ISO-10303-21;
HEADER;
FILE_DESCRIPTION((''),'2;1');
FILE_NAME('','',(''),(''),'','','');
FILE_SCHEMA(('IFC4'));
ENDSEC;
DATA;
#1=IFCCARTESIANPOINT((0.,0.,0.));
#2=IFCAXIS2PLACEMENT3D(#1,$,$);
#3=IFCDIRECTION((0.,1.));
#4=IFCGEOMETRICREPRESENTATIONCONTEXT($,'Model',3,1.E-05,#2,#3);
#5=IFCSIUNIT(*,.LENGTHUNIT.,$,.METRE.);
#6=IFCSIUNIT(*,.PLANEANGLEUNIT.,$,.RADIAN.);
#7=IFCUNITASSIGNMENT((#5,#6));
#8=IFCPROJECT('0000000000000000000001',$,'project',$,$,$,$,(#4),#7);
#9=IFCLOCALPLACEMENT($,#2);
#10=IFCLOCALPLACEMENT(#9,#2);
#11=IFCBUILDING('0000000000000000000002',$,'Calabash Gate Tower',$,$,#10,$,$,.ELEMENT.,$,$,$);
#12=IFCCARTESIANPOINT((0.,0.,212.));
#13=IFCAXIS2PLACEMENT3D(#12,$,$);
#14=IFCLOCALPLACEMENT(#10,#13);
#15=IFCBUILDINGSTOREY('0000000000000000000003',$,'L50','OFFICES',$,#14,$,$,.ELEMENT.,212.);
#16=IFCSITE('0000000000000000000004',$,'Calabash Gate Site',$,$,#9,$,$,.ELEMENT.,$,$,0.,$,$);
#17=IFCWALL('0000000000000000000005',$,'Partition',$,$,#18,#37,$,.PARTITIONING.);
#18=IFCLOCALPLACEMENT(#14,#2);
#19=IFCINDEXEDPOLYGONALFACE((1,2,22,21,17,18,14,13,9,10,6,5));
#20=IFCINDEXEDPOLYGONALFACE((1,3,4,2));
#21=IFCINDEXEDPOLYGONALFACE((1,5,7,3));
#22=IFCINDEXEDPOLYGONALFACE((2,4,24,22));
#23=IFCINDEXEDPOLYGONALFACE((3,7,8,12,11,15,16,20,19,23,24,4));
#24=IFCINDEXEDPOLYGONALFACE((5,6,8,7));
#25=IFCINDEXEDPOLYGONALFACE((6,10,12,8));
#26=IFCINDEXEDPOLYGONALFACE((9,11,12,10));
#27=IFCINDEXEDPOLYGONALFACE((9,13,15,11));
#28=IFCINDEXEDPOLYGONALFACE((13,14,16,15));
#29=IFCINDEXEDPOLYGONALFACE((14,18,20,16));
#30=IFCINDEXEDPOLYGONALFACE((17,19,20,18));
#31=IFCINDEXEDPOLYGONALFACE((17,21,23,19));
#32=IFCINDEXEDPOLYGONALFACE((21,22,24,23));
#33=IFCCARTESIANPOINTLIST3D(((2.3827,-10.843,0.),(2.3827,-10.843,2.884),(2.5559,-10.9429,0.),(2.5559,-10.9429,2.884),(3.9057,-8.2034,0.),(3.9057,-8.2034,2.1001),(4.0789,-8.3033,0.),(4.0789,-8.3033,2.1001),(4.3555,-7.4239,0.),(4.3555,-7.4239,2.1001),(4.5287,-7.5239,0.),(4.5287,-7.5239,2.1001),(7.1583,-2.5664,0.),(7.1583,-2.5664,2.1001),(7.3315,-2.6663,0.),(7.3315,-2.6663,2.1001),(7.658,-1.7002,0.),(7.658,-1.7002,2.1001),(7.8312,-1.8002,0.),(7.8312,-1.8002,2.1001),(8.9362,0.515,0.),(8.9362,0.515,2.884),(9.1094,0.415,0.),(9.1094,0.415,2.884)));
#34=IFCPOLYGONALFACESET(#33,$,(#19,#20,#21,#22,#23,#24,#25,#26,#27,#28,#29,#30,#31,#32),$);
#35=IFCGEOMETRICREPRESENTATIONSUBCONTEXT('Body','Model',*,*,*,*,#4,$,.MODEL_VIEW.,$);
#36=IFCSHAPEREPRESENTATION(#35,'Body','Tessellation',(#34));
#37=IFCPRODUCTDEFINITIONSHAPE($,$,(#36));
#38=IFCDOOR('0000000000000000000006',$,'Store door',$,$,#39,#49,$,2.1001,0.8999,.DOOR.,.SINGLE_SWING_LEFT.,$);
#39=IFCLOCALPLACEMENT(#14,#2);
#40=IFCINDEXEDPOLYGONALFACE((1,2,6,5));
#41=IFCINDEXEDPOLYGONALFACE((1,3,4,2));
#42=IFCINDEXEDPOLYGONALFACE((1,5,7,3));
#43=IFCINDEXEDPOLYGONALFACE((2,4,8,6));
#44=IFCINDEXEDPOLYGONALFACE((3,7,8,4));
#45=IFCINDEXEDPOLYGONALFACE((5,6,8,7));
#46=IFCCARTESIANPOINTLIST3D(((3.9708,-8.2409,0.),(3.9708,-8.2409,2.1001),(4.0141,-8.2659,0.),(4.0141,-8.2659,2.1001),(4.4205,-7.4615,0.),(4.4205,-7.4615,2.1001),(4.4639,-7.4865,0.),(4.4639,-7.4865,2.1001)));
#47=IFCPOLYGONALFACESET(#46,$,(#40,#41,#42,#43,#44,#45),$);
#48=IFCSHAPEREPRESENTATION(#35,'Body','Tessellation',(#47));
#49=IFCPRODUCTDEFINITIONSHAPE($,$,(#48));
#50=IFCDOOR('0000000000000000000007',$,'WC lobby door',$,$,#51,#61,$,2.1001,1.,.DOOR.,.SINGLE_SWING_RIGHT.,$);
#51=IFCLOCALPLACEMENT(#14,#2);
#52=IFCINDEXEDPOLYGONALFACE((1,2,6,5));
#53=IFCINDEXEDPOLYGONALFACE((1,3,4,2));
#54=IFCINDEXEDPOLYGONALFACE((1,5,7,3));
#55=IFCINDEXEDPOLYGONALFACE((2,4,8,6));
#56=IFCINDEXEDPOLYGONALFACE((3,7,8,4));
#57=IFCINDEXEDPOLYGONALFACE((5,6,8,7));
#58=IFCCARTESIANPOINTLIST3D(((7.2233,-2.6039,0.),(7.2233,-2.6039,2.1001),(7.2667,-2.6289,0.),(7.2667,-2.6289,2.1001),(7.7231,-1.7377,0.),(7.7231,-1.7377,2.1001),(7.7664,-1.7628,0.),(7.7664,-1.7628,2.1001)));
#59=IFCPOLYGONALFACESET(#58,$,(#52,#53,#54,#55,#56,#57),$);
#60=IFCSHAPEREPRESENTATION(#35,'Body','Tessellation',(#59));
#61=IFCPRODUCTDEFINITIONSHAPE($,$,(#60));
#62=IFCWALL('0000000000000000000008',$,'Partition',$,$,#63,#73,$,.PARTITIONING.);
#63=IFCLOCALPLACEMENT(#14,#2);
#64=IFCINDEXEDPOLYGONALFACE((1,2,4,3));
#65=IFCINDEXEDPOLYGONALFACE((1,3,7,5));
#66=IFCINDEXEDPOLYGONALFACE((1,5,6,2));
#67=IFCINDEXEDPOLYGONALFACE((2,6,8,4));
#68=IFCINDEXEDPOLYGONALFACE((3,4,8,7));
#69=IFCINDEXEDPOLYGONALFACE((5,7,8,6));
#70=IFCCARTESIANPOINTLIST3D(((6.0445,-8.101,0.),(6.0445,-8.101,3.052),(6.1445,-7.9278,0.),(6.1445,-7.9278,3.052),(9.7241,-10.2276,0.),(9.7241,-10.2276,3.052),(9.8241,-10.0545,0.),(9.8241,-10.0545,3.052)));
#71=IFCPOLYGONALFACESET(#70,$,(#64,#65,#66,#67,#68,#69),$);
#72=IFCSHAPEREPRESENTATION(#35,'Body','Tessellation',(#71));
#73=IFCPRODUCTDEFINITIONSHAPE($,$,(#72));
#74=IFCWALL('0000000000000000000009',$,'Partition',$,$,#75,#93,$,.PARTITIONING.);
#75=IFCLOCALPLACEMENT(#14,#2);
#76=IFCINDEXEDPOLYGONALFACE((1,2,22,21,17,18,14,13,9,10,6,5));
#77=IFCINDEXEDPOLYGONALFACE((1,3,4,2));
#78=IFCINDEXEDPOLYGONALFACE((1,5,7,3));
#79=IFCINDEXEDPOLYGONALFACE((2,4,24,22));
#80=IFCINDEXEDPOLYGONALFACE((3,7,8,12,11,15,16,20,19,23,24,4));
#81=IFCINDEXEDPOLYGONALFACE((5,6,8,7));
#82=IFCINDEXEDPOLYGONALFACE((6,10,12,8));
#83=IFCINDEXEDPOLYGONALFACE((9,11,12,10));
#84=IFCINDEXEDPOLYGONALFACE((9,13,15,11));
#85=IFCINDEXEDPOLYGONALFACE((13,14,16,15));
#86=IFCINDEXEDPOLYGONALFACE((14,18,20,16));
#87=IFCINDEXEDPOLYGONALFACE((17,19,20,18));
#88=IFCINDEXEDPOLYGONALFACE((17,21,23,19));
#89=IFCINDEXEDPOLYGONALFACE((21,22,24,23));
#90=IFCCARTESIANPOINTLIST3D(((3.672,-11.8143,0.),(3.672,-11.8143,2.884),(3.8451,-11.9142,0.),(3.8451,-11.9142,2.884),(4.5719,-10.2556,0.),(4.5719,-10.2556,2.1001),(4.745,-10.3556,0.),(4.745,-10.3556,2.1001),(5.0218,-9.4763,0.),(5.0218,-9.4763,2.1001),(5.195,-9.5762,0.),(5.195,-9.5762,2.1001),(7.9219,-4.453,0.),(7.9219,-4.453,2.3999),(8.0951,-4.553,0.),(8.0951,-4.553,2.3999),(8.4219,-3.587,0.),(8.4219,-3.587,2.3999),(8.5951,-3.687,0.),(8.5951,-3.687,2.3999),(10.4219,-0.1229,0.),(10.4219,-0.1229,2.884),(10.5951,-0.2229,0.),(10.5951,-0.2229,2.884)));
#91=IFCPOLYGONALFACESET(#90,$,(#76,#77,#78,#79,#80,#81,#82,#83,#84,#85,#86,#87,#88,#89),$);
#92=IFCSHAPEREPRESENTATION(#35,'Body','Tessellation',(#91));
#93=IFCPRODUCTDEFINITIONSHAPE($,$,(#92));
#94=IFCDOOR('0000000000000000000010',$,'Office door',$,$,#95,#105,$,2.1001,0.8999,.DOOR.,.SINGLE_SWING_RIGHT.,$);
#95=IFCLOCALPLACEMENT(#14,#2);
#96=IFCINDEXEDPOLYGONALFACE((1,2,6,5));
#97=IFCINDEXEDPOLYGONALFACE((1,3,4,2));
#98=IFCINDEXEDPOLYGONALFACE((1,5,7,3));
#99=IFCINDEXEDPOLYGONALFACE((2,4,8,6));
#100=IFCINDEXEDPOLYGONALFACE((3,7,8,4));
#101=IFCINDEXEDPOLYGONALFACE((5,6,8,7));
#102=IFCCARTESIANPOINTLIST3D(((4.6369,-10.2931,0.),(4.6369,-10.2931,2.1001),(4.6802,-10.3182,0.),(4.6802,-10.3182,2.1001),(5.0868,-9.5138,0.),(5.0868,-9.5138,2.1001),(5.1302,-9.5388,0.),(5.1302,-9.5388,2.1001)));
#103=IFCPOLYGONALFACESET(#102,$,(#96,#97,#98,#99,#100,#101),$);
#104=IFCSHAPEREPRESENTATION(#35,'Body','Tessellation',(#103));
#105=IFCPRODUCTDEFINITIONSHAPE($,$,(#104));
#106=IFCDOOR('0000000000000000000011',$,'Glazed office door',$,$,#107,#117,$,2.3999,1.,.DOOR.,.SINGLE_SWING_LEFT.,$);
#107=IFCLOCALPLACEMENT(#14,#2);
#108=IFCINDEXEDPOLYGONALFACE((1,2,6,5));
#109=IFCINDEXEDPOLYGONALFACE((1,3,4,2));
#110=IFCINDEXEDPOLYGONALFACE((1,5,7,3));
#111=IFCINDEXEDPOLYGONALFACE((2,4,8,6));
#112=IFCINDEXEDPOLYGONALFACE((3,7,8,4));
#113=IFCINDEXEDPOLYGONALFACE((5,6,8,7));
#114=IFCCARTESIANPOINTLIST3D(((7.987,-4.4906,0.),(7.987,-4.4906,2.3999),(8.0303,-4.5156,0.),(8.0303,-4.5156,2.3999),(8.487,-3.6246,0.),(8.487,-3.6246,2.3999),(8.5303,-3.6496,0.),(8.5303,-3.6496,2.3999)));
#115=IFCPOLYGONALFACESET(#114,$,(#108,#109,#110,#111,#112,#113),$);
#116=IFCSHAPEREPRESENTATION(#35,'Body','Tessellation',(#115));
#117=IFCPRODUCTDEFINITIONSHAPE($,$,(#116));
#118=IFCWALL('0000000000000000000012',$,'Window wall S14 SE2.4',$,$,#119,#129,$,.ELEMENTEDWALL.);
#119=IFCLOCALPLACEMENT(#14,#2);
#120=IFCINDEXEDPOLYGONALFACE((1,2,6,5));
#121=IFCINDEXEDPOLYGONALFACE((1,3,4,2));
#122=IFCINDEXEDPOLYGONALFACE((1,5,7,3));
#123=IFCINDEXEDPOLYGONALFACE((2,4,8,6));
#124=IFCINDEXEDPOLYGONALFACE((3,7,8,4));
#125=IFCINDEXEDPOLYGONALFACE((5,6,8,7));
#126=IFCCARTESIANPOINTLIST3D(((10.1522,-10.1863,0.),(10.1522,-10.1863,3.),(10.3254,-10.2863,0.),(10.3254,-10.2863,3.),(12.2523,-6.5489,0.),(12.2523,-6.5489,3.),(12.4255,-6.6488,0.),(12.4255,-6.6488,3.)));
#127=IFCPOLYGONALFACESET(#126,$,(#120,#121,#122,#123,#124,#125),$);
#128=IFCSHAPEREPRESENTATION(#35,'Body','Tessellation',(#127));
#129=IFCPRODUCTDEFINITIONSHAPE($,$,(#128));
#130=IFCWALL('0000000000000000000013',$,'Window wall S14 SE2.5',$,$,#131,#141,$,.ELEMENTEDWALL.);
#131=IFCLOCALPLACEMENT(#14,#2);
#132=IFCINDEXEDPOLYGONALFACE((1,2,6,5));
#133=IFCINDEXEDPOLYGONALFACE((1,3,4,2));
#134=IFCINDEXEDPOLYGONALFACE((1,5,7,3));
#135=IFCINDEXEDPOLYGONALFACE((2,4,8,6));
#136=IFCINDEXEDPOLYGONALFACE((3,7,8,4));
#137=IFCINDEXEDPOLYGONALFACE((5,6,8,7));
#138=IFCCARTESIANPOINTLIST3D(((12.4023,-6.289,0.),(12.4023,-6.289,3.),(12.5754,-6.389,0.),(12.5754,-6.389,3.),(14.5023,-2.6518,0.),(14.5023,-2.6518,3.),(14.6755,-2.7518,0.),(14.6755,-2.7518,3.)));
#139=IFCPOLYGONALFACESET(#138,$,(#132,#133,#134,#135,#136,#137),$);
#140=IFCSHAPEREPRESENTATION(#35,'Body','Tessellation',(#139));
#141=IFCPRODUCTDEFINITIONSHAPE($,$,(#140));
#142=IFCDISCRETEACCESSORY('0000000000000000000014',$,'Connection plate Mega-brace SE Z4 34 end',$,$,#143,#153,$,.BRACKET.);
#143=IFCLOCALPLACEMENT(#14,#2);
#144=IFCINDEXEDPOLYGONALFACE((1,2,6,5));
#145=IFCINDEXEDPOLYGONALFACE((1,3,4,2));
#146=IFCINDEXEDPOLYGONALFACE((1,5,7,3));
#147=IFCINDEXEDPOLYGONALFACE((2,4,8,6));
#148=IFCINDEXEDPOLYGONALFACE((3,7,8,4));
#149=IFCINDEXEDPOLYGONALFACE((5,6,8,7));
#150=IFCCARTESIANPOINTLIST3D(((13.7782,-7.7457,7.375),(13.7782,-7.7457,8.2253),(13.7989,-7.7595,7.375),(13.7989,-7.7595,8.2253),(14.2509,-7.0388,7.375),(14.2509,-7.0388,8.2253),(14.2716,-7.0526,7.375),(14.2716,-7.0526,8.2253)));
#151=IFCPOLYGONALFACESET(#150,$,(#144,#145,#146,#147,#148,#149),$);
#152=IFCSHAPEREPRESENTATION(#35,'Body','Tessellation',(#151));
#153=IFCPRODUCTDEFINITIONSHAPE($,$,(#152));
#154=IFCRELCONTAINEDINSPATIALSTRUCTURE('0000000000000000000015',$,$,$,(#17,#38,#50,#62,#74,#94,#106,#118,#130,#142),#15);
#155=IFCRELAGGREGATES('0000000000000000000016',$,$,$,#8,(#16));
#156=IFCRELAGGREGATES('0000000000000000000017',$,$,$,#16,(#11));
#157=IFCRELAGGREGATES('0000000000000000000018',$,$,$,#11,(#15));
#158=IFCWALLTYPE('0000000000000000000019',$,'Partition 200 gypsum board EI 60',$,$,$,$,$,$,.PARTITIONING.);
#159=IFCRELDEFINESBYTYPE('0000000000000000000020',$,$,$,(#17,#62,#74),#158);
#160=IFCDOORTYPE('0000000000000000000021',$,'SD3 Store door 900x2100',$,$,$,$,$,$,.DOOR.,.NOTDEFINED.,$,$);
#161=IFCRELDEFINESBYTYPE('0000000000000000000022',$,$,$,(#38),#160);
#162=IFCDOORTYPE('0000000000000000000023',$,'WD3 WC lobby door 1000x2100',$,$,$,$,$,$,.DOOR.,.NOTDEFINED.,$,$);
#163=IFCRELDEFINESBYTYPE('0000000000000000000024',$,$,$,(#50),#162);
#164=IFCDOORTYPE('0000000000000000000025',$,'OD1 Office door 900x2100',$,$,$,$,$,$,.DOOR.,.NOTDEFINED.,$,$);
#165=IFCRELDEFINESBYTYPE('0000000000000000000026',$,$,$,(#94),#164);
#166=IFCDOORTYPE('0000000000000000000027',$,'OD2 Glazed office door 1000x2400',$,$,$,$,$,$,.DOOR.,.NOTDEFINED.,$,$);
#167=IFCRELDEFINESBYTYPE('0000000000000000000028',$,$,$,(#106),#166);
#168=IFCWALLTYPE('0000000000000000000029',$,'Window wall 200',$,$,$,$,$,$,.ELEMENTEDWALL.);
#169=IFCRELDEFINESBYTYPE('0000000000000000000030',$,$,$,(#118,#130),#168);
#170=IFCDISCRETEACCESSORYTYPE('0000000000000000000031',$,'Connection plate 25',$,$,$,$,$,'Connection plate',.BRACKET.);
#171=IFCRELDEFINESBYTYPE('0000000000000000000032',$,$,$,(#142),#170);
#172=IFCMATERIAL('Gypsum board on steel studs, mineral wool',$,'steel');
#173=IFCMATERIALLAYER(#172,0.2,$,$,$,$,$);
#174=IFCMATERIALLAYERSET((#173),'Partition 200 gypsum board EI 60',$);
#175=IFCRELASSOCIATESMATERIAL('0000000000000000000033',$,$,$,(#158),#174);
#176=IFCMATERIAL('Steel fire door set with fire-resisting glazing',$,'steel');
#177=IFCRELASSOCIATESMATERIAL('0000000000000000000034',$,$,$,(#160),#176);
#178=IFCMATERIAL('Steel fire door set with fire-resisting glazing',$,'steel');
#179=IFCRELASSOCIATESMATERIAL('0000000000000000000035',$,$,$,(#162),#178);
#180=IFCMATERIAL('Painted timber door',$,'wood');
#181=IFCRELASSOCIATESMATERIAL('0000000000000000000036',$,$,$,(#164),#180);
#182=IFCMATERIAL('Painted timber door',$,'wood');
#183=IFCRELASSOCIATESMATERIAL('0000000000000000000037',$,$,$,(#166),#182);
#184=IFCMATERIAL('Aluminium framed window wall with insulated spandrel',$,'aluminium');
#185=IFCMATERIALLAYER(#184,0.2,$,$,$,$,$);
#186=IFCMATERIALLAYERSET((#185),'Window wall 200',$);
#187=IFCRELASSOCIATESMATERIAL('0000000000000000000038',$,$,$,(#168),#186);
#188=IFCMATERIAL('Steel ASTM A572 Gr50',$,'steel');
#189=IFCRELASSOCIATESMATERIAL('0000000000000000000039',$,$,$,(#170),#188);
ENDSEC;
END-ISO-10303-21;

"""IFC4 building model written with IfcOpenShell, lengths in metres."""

from ifc_helpers import new_model, si_unit, direction, frame, frame_2d, origin, origin_2d, place, context, subcontext, project, spatial, rectangle, extrude, material, layer, layer_set, type_object, element, fill, save


model = new_model("IFC4")

# Units and contexts
model_context = context("Model", 3, precision=1e-05, world=origin(), true_north=direction((0.0, 1.0)))
body_context = subcontext(model_context, "Body", "Model", "MODEL_VIEW")
ifc_project = project(units=[si_unit("LENGTHUNIT", "METRE"), si_unit("PLANEANGLEUNIT", "RADIAN")], contexts=[model_context])

# Site, building, storey
site_placement = place(None, origin())
site = spatial("IfcSite", under=ifc_project, at=site_placement, Name="Calabash Gate Site", CompositionType="ELEMENT", RefElevation=0.0)
building_placement = place(site_placement, origin())
building = spatial("IfcBuilding", under=site, at=building_placement, Name="Calabash Gate Tower", CompositionType="ELEMENT")
storey_placement = place(building_placement, frame((0.0, 0.0, 212.0)))
storey = spatial("IfcBuildingStorey", under=building, at=storey_placement, Name="L50", Description="OFFICES", CompositionType="ELEMENT", Elevation=212.0)

# Shared definitions
ifc_material_1 = material(Name="Gypsum board on steel studs, mineral wool", Category="steel")
ifc_layer_1 = layer(ifc_material_1, 0.2)
ifc_layer_set_1 = layer_set([ifc_layer_1], Name="Partition 200 gypsum board EI 60")
wall_type_1 = type_object("IfcWallType", Name="Partition 200 gypsum board EI 60", PredefinedType="PARTITIONING", material=ifc_layer_set_1)

# Wall, openings, doors
wall_1_placement = place(storey_placement, frame((2.4692, -10.8931, 0.0), z_axis=(0.0, 0.0, 1.0), x_axis=(0.49977, 0.866158, 0.0)))
wall_1 = element("IfcWall", 1, at=wall_1_placement, inside=storey, type_object=wall_type_1, Name="Partition", PredefinedType="PARTITIONING", context=body_context, shape_type="SweptSolid", body=[
    extrude(rectangle(XDim=13.113, YDim=0.2, at=frame_2d((6.5566, 0.0))), origin(), (0.0, 0.0, 1.0), 2.884),
])
opening_1_placement = place(wall_1_placement, frame((3.0476, 0.0, 0.0)))
opening_1 = element("IfcOpeningElement", 2, at=opening_1_placement, cuts=wall_1, PredefinedType="OPENING", context=body_context, shape_type="SweptSolid", body=[
    extrude(rectangle(XDim=0.8999, YDim=2.1001, at=frame_2d((0.45, 1.05))), frame((0.0, 0.1099, 0.0), z_axis=(0.0, -1.0, 0.0), x_axis=(1.0, 0.0, 0.0)), (0.0, 0.0, 1.0), 0.22),
])
opening_2_placement = place(wall_1_placement, frame((9.5557, 0.0, 0.0)))
opening_2 = element("IfcOpeningElement", 3, at=opening_2_placement, cuts=wall_1, PredefinedType="OPENING", context=body_context, shape_type="SweptSolid", body=[
    extrude(rectangle(XDim=1.0, YDim=2.1001, at=frame_2d((0.5, 1.05))), frame((0.0, 0.1099, 0.0), z_axis=(0.0, -1.0, 0.0), x_axis=(1.0, 0.0, 0.0)), (0.0, 0.0, 1.0), 0.22),
])
ifc_material_2 = material(Name="Steel fire door set with fire-resisting glazing", Category="steel")
door_type_1 = type_object("IfcDoorType", Name="SD3 Store door 900x2100", OperationType="NOTDEFINED", PredefinedType="DOOR", material=ifc_material_2)
door_1_placement = place(opening_1_placement, origin())
door_1 = element("IfcDoor", 4, at=door_1_placement, inside=storey, type_object=door_type_1, Name="Store door", OperationType="SINGLE_SWING_LEFT", OverallHeight=2.1001, OverallWidth=0.8999, PredefinedType="DOOR", context=body_context, shape_type="SweptSolid", body=[
    extrude(rectangle(XDim=0.8999, YDim=2.1001, at=frame_2d((0.45, 1.05))), frame((0.0, 0.0249, 0.0), z_axis=(0.0, -1.0, 0.0), x_axis=(1.0, 0.0, 0.0)), (0.0, 0.0, 1.0), 0.05),
])
fill(opening_1, door_1)
ifc_material_3 = material(Name="Steel fire door set with fire-resisting glazing", Category="steel")
door_type_2 = type_object("IfcDoorType", Name="WD3 WC lobby door 1000x2100", OperationType="NOTDEFINED", PredefinedType="DOOR", material=ifc_material_3)
door_2_placement = place(opening_2_placement, origin())
door_2 = element("IfcDoor", 5, at=door_2_placement, inside=storey, type_object=door_type_2, Name="WC lobby door", OperationType="SINGLE_SWING_RIGHT", OverallHeight=2.1001, OverallWidth=1.0, PredefinedType="DOOR", context=body_context, shape_type="SweptSolid", body=[
    extrude(rectangle(XDim=1.0, YDim=2.1001, at=frame_2d((0.5, 1.05))), frame((0.0, 0.0249, 0.0), z_axis=(0.0, -1.0, 0.0), x_axis=(1.0, 0.0, 0.0)), (0.0, 0.0, 1.0), 0.05),
])
fill(opening_2, door_2)

# Wall
wall_2_placement = place(storey_placement, frame((6.0945, -8.0144, 0.0), z_axis=(0.0, 0.0, 1.0), x_axis=(0.865797, -0.500395, 0.0)))
element("IfcWall", 6, at=wall_2_placement, inside=storey, type_object=wall_type_1, Name="Partition", PredefinedType="PARTITIONING", context=body_context, shape_type="SweptSolid", body=[
    extrude(rectangle(XDim=4.25, YDim=0.2, at=frame_2d((2.125, 0.0))), origin(), (0.0, 0.0, 1.0), 3.052),
])

# Wall, openings, doors
wall_3_placement = place(storey_placement, frame((3.7585, -11.8643, 0.0), z_axis=(0.0, 0.0, 1.0), x_axis=(0.499998, 0.866027, 0.0)))
wall_3 = element("IfcWall", 7, at=wall_3_placement, inside=storey, type_object=wall_type_1, Name="Partition", PredefinedType="PARTITIONING", context=body_context, shape_type="SweptSolid", body=[
    extrude(rectangle(XDim=13.5, YDim=0.2, at=frame_2d((6.75, 0.0))), origin(), (0.0, 0.0, 1.0), 2.884),
])
opening_3_placement = place(wall_3_placement, frame((1.7998, 0.0, 0.0)))
opening_3 = element("IfcOpeningElement", 8, at=opening_3_placement, cuts=wall_3, PredefinedType="OPENING", context=body_context, shape_type="SweptSolid", body=[
    extrude(rectangle(XDim=0.8999, YDim=2.1001, at=frame_2d((0.45, 1.05))), frame((0.0, 0.1099, 0.0), z_axis=(0.0, -1.0, 0.0), x_axis=(1.0, 0.0, 0.0)), (0.0, 0.0, 1.0), 0.22),
])
opening_4_placement = place(wall_3_placement, frame((8.5, 0.0, 0.0)))
opening_4 = element("IfcOpeningElement", 9, at=opening_4_placement, cuts=wall_3, PredefinedType="OPENING", context=body_context, shape_type="SweptSolid", body=[
    extrude(rectangle(XDim=1.0, YDim=2.3999, at=frame_2d((0.5, 1.2))), frame((0.0, 0.1099, 0.0), z_axis=(0.0, -1.0, 0.0), x_axis=(1.0, 0.0, 0.0)), (0.0, 0.0, 1.0), 0.22),
])
ifc_material_4 = material(Name="Painted timber door", Category="wood")
door_type_3 = type_object("IfcDoorType", Name="OD1 Office door 900x2100", OperationType="NOTDEFINED", PredefinedType="DOOR", material=ifc_material_4)
door_3_placement = place(opening_3_placement, origin())
door_3 = element("IfcDoor", 10, at=door_3_placement, inside=storey, type_object=door_type_3, Name="Office door", OperationType="SINGLE_SWING_RIGHT", OverallHeight=2.1001, OverallWidth=0.8999, PredefinedType="DOOR", context=body_context, shape_type="SweptSolid", body=[
    extrude(rectangle(XDim=0.8999, YDim=2.1001, at=frame_2d((0.45, 1.05))), frame((0.0, 0.0249, 0.0), z_axis=(0.0, -1.0, 0.0), x_axis=(1.0, 0.0, 0.0)), (0.0, 0.0, 1.0), 0.05),
])
fill(opening_3, door_3)
ifc_material_5 = material(Name="Painted timber door", Category="wood")
door_type_4 = type_object("IfcDoorType", Name="OD2 Glazed office door 1000x2400", OperationType="NOTDEFINED", PredefinedType="DOOR", material=ifc_material_5)
door_4_placement = place(opening_4_placement, origin())
door_4 = element("IfcDoor", 11, at=door_4_placement, inside=storey, type_object=door_type_4, Name="Glazed office door", OperationType="SINGLE_SWING_LEFT", OverallHeight=2.3999, OverallWidth=1.0, PredefinedType="DOOR", context=body_context, shape_type="SweptSolid", body=[
    extrude(rectangle(XDim=1.0, YDim=2.3999, at=frame_2d((0.5, 1.2))), frame((0.0, 0.0249, 0.0), z_axis=(0.0, -1.0, 0.0), x_axis=(1.0, 0.0, 0.0)), (0.0, 0.0, 1.0), 0.05),
])
fill(opening_4, door_4)

# Walls
ifc_material_6 = material(Name="Aluminium framed window wall with insulated spandrel", Category="aluminium")
ifc_layer_2 = layer(ifc_material_6, 0.2)
ifc_layer_set_2 = layer_set([ifc_layer_2], Name="Window wall 200")
wall_type_2 = type_object("IfcWallType", Name="Window wall 200", PredefinedType="ELEMENTEDWALL", material=ifc_layer_set_2)
wall_4_placement = place(storey_placement, frame((10.2388, -10.2363, 0.0), z_axis=(0.0, 0.0, 1.0), x_axis=(0.500003, 0.866024, 0.0)))
element("IfcWall", 12, at=wall_4_placement, inside=storey, type_object=wall_type_2, Name="Window wall S14 SE2.4", PredefinedType="ELEMENTEDWALL", context=body_context, shape_type="SweptSolid", body=[
    extrude(rectangle(XDim=4.2002, YDim=0.2, at=frame_2d((2.1001, 0.0))), origin(), (0.0, 0.0, 1.0), 3.0),
])
wall_5_placement = place(storey_placement, frame((12.4888, -6.3391, 0.0), z_axis=(0.0, 0.0, 1.0), x_axis=(0.500028, 0.866009, 0.0)))
element("IfcWall", 13, at=wall_5_placement, inside=storey, type_object=wall_type_2, Name="Window wall S14 SE2.5", PredefinedType="ELEMENTEDWALL", context=body_context, shape_type="SweptSolid", body=[
    extrude(rectangle(XDim=4.2, YDim=0.2, at=frame_2d((2.1001, 0.0))), origin(), (0.0, 0.0, 1.0), 3.0),
])

# Discrete accessory
ifc_material_7 = material(Name="Steel ASTM A572 Gr50", Category="steel")
discrete_accessory_type = type_object("IfcDiscreteAccessoryType", Name="Connection plate 25", ElementType="Connection plate", PredefinedType="BRACKET", material=ifc_material_7)
discrete_accessory_placement = place(storey_placement, frame((14.0249, -7.3992, 7.375), z_axis=(0.0, 0.0, 1.0), x_axis=(-0.555828, -0.831297, 0.0)))
element("IfcDiscreteAccessory", 14, at=discrete_accessory_placement, inside=storey, type_object=discrete_accessory_type, Name="Connection plate Mega-brace SE Z4 34 end", PredefinedType="BRACKET", context=body_context, shape_type="SweptSolid", body=[
    extrude(rectangle(XDim=0.8503, YDim=0.0249, at=origin_2d()), origin(), (0.0, 0.0, 1.0), 0.8503),
])

save(model, "model.ifc")
